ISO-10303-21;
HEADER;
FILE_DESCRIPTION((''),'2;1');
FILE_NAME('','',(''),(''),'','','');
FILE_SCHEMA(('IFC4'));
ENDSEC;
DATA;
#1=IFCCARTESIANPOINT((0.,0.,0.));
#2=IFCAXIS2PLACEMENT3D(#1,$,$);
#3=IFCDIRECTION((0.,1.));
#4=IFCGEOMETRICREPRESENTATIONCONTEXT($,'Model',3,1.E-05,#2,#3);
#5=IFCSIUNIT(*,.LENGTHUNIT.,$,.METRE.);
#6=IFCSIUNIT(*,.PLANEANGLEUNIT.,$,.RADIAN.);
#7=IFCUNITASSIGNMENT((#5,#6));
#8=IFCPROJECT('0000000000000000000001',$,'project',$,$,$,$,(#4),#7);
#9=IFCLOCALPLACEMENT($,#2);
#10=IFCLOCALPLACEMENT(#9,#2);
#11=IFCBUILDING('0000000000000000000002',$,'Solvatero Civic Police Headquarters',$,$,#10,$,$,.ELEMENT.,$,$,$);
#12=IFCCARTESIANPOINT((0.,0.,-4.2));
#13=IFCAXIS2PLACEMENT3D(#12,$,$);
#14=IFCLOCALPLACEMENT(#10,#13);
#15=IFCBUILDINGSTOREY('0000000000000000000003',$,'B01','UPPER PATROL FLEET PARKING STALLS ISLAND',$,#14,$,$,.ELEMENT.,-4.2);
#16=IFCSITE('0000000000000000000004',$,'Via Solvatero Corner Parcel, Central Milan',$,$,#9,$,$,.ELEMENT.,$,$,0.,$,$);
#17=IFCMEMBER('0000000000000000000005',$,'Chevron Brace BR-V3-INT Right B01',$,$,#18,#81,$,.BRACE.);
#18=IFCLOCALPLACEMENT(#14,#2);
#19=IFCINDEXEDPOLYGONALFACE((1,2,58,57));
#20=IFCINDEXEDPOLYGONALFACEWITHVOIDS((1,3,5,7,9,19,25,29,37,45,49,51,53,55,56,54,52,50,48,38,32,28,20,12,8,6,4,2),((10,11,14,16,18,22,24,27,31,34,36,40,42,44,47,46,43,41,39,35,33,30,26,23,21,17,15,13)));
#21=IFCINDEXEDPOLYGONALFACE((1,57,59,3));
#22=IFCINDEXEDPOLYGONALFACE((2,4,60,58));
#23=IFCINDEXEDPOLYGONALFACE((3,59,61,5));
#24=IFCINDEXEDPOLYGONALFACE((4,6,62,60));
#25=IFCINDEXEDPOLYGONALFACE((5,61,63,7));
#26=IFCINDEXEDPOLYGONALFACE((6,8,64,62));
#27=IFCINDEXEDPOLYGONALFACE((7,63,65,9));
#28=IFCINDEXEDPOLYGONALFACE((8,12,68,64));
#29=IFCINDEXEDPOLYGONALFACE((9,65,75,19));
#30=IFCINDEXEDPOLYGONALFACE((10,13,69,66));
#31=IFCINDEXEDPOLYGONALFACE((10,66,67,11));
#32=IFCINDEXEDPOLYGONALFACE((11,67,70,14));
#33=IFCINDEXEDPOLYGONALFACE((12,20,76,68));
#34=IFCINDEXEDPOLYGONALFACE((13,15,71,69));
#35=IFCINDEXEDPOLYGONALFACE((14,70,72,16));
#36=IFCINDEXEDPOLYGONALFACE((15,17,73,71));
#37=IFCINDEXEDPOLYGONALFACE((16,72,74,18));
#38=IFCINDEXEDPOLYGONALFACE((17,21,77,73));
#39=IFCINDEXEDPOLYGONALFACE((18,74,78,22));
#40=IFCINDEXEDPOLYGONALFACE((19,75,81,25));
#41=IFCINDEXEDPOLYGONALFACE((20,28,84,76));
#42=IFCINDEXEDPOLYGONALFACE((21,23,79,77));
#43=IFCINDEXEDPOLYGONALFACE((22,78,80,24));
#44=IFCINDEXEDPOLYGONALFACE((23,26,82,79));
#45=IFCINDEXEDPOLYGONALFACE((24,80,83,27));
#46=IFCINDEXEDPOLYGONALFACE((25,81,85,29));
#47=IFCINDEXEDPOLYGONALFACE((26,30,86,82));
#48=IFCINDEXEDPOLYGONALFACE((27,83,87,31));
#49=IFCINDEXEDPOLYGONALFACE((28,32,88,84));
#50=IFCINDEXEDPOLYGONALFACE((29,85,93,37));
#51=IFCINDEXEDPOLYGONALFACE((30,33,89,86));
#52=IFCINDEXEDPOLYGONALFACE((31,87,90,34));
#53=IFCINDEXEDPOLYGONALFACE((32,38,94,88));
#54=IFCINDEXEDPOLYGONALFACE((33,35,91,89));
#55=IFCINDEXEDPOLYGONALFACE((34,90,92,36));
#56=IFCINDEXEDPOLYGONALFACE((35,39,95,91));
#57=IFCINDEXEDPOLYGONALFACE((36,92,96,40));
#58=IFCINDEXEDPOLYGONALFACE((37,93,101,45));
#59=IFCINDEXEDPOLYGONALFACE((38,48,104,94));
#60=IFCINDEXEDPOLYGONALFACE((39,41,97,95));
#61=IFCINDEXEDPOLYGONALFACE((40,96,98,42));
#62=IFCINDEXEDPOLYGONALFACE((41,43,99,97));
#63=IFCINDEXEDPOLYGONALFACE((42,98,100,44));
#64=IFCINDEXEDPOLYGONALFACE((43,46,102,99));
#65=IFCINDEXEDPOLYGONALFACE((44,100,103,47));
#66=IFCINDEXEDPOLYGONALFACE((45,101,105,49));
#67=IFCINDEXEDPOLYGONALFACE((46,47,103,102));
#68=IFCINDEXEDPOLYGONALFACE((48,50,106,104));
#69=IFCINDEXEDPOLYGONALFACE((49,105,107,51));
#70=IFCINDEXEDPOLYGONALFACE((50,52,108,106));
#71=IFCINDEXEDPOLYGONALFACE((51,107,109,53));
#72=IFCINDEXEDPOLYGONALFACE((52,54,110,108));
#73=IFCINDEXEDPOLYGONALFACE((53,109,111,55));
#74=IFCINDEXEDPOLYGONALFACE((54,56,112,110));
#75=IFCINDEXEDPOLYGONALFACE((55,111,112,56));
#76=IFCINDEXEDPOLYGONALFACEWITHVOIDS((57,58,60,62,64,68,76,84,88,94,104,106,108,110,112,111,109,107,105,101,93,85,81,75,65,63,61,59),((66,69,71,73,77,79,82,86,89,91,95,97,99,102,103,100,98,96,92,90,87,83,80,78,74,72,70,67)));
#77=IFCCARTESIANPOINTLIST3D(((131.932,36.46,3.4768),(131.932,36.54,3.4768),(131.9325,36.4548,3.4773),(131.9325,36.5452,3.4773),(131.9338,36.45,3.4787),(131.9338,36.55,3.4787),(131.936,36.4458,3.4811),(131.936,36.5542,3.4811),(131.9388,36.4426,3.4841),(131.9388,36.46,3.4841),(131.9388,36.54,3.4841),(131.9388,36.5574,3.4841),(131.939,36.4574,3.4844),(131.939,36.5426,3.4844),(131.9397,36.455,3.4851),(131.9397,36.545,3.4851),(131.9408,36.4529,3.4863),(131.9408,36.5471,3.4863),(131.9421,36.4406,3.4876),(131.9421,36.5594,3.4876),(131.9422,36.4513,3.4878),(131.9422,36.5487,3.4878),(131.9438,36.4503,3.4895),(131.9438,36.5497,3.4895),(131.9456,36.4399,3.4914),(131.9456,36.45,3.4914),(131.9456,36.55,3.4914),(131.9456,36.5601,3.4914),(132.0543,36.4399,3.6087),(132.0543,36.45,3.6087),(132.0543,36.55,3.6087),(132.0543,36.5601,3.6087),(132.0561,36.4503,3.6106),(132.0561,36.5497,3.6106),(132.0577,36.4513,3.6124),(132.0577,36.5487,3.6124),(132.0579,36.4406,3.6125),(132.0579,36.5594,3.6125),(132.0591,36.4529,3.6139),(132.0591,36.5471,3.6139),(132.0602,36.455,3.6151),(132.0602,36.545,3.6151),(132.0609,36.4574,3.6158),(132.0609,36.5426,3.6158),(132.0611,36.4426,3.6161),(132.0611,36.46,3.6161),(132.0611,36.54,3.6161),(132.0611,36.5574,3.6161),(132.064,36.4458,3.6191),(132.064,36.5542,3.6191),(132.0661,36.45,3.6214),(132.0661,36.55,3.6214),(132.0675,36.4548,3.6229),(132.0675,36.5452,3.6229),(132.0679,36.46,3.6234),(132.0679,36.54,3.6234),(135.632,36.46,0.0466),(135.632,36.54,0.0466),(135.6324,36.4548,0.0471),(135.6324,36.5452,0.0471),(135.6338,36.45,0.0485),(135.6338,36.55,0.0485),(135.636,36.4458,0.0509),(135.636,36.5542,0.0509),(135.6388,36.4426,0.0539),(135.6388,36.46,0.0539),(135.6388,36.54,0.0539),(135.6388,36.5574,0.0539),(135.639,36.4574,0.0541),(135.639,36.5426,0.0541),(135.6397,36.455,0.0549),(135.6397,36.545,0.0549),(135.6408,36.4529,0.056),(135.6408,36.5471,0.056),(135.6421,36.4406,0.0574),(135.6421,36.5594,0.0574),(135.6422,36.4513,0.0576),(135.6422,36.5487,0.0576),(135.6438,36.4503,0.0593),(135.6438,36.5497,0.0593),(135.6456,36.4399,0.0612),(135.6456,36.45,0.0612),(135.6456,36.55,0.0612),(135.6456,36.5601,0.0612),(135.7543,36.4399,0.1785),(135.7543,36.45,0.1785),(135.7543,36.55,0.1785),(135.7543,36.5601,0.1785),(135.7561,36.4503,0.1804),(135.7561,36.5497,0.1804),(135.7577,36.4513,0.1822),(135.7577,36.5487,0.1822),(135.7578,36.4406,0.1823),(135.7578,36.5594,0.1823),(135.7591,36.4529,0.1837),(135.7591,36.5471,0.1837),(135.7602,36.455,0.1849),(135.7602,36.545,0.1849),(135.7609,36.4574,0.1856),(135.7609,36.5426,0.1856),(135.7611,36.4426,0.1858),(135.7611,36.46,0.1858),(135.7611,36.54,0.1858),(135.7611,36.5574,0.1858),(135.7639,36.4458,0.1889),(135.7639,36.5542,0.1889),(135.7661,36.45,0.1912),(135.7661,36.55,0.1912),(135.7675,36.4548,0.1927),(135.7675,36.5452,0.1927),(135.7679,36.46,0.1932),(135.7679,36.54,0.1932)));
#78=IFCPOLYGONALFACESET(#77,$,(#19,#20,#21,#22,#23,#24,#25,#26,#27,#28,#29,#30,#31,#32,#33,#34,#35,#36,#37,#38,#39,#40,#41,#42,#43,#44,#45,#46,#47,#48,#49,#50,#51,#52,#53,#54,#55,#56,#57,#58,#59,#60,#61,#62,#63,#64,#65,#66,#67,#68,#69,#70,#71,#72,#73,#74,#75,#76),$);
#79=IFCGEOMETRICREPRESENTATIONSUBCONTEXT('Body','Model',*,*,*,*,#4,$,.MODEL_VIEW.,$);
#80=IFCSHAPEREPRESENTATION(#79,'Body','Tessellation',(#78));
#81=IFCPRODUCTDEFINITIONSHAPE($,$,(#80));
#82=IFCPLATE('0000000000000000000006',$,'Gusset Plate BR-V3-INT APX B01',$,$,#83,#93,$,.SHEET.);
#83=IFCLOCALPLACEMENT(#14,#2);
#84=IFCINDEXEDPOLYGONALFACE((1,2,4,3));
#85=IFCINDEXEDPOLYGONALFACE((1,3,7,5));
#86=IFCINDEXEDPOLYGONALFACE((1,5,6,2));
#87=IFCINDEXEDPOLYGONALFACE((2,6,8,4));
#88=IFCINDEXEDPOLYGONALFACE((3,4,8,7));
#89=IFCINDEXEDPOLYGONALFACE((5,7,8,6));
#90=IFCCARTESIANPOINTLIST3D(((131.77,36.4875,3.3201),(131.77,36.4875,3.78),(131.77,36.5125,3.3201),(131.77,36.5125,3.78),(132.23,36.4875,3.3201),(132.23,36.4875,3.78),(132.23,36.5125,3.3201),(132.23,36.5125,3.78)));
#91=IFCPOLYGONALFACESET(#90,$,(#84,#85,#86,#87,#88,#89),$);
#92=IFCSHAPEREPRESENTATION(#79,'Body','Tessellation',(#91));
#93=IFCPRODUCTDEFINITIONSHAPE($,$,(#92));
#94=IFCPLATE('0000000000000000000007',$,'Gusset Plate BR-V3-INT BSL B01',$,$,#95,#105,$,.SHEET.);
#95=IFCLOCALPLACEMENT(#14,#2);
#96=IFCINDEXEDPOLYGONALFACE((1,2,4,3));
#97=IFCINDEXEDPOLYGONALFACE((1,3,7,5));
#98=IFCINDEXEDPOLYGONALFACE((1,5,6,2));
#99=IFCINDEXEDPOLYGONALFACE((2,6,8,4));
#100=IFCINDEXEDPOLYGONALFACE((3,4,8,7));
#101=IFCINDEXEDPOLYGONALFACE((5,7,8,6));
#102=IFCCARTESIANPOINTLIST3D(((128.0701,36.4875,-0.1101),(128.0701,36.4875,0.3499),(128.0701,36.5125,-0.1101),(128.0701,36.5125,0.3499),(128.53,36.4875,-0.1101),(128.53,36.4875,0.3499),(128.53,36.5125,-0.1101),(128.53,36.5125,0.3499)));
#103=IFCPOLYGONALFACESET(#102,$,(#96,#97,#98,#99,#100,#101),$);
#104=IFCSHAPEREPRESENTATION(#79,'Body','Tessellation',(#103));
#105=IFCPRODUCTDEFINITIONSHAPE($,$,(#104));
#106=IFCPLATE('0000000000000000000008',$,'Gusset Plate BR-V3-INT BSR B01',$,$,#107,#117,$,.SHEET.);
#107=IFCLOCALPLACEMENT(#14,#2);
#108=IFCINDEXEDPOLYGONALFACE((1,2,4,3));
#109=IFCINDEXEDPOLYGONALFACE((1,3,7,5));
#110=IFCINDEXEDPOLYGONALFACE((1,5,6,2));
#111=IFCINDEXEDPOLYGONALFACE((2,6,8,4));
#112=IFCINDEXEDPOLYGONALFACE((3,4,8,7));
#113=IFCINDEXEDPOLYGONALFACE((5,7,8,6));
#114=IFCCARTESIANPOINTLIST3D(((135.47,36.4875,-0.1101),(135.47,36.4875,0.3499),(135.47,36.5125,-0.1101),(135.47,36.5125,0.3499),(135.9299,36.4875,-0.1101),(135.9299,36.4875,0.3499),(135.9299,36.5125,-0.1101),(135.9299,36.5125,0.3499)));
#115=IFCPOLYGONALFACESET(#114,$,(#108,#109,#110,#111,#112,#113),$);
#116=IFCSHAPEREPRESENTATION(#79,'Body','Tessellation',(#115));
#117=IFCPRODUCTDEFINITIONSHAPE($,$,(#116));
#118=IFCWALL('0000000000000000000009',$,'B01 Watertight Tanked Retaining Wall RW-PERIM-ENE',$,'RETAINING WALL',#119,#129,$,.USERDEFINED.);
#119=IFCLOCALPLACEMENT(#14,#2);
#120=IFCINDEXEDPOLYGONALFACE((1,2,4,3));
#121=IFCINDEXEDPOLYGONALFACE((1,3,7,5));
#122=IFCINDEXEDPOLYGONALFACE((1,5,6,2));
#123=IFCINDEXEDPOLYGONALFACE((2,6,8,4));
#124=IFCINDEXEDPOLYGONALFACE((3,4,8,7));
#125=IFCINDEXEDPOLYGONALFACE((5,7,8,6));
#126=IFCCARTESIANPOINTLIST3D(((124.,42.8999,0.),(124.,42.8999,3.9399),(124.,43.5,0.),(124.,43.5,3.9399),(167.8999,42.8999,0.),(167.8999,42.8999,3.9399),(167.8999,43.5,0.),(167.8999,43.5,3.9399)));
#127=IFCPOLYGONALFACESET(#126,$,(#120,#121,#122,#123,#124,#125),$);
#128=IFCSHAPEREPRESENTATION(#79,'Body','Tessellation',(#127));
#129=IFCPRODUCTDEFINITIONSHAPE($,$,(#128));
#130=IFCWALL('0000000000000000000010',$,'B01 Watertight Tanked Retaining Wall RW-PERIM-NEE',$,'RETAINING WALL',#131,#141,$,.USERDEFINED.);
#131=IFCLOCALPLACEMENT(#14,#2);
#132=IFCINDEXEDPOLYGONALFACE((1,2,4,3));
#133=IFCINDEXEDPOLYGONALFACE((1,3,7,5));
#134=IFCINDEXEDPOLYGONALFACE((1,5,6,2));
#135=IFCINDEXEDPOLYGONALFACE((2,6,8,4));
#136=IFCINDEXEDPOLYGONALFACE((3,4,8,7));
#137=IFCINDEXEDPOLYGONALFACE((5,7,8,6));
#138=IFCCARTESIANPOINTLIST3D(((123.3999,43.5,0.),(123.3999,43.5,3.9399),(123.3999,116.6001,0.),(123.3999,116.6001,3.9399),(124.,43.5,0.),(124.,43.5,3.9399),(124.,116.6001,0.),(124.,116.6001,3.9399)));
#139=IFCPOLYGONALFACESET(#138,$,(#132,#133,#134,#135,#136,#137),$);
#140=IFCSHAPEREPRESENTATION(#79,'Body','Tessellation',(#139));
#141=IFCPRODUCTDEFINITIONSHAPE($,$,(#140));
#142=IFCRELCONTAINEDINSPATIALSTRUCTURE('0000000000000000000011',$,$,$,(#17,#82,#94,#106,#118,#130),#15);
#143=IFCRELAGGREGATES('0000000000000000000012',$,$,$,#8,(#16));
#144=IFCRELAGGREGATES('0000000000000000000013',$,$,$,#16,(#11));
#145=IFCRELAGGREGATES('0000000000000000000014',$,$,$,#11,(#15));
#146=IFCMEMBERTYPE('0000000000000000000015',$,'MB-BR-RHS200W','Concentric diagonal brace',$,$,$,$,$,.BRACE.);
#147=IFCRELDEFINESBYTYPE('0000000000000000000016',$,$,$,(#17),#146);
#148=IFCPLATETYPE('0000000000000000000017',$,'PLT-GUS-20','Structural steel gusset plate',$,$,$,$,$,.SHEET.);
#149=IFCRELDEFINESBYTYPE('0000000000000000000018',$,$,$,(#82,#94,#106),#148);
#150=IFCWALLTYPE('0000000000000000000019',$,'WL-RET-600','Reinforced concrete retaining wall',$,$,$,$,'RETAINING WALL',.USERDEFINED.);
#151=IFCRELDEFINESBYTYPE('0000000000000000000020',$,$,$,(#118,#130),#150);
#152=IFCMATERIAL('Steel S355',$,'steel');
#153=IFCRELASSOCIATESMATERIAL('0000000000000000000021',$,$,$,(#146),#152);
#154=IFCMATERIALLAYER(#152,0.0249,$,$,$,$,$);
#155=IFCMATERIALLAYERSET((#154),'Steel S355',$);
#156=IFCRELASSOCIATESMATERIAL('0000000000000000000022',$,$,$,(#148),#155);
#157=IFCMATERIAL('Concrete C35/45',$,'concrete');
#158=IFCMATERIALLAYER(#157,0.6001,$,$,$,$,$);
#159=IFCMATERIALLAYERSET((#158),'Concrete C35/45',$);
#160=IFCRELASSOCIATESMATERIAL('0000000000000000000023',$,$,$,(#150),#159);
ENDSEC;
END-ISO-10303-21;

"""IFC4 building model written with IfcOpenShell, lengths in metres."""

from ifc_helpers import new_model, si_unit, direction, frame, frame_2d, origin, origin_2d, place, context, subcontext, project, spatial, rectangle, hollow_rectangle, extrude, material, layer, layer_set, material_profile, profile_set, type_object, element, save


model = new_model("IFC4")

# Units and contexts
model_context = context("Model", 3, precision=1e-05, world=origin(), true_north=direction((0.0, 1.0)))
body_context = subcontext(model_context, "Body", "Model", "MODEL_VIEW")
ifc_project = project(units=[si_unit("LENGTHUNIT", "METRE"), si_unit("PLANEANGLEUNIT", "RADIAN")], contexts=[model_context])

# Site, building, storey
site_placement = place(None, origin())
site = spatial("IfcSite", under=ifc_project, at=site_placement, Name="Via Solvatero Corner Parcel, Central Milan", CompositionType="ELEMENT", RefElevation=0.0)
building_placement = place(site_placement, origin())
building = spatial("IfcBuilding", under=site, at=building_placement, Name="Solvatero Civic Police Headquarters", CompositionType="ELEMENT")
storey_placement = place(building_placement, frame((0.0, 0.0, -4.2)))
storey = spatial("IfcBuildingStorey", under=building, at=storey_placement, Name="B01", Description="UPPER PATROL FLEET PARKING STALLS ISLAND", CompositionType="ELEMENT", Elevation=-4.2)

# Member
ifc_material_1 = material(Name="Steel S355", Category="steel")
ifc_material_profile_1 = material_profile(ifc_material_1, hollow_rectangle(XDim=0.1201, YDim=0.2, WallThickness=0.01, InnerFilletRadius=0.01, OuterFilletRadius=0.02, at=origin_2d()), Name="RHS 200x120x10.0")
ifc_profile_set_1 = profile_set([ifc_material_profile_1], Name="Steel S355")
member_type = type_object("IfcMemberType", Name="MB-BR-RHS200W", Description="Concentric diagonal brace", PredefinedType="BRACE", material=ifc_profile_set_1)
for number, where, z_axis, x_axis, name in (
    (1, (135.7, 36.5, 0.1199), (-0.733336, 0.0, 0.679866), (0.0, -1.0, 0.0), "Chevron Brace BR-V3-INT Right B01"),
):
    element("IfcMember", number, at=place(storey_placement, frame(where, z_axis=z_axis, x_axis=x_axis)), inside=storey, type_object=member_type, Name=name, PredefinedType="BRACE", context=body_context, shape_type="SweptSolid", body=[
        extrude(hollow_rectangle(XDim=0.1201, YDim=0.2, WallThickness=0.01, InnerFilletRadius=0.01, OuterFilletRadius=0.02, at=origin_2d()), origin(), (0.0, 0.0, 1.0), 5.0454),
    ])

# Plates
ifc_layer_1 = layer(ifc_material_1, 0.0249)
ifc_layer_set_1 = layer_set([ifc_layer_1], Name="Steel S355")
plate_type = type_object("IfcPlateType", Name="PLT-GUS-20", Description="Structural steel gusset plate", PredefinedType="SHEET", material=ifc_layer_set_1)
for number, where, z_axis, x_axis, name in (
    (2, (132.0, 36.5, 3.3201), (0.0, 0.0, 1.0), (1.0, 0.0, 0.0), "Gusset Plate BR-V3-INT APX B01"),
    (3, (128.3, 36.5, -0.1101), (0.0, 0.0, 1.0), (1.0, 0.0, 0.0), "Gusset Plate BR-V3-INT BSL B01"),
    (4, (135.7, 36.5, -0.1101), (0.0, 0.0, 1.0), (1.0, 0.0, 0.0), "Gusset Plate BR-V3-INT BSR B01"),
):
    element("IfcPlate", number, at=place(storey_placement, frame(where, z_axis=z_axis, x_axis=x_axis)), inside=storey, type_object=plate_type, Name=name, PredefinedType="SHEET", context=body_context, shape_type="SweptSolid", body=[
        extrude(rectangle(XDim=0.46, YDim=0.0249, at=origin_2d()), origin(), (0.0, 0.0, 1.0), 0.46),
    ])

# Walls
ifc_material_2 = material(Name="Concrete C35/45", Category="concrete")
ifc_layer_2 = layer(ifc_material_2, 0.6001)
ifc_layer_set_2 = layer_set([ifc_layer_2], Name="Concrete C35/45")
wall_type = type_object("IfcWallType", Name="WL-RET-600", Description="Reinforced concrete retaining wall", ElementType="RETAINING WALL", PredefinedType="USERDEFINED", material=ifc_layer_set_2)
wall_1_placement = place(storey_placement, frame((124.0, 43.2, 0.0), z_axis=(0.0, 0.0, 1.0), x_axis=(1.0, 0.0, 0.0)))
element("IfcWall", 5, at=wall_1_placement, inside=storey, type_object=wall_type, Name="B01 Watertight Tanked Retaining Wall RW-PERIM-ENE", ObjectType="RETAINING WALL", PredefinedType="USERDEFINED", context=body_context, shape_type="SweptSolid", body=[
    extrude(rectangle(XDim=43.8999, YDim=0.6001, at=frame_2d((21.95, 0.0))), origin(), (0.0, 0.0, 1.0), 3.9399),
])
wall_2_placement = place(storey_placement, frame((123.7, 43.5, 0.0), z_axis=(0.0, 0.0, 1.0), x_axis=(0.0, 1.0, 0.0)))
element("IfcWall", 6, at=wall_2_placement, inside=storey, type_object=wall_type, Name="B01 Watertight Tanked Retaining Wall RW-PERIM-NEE", ObjectType="RETAINING WALL", PredefinedType="USERDEFINED", context=body_context, shape_type="SweptSolid", body=[
    extrude(rectangle(XDim=73.1001, YDim=0.6001, at=frame_2d((36.55, 0.0))), origin(), (0.0, 0.0, 1.0), 3.9399),
])

save(model, "model.ifc")
